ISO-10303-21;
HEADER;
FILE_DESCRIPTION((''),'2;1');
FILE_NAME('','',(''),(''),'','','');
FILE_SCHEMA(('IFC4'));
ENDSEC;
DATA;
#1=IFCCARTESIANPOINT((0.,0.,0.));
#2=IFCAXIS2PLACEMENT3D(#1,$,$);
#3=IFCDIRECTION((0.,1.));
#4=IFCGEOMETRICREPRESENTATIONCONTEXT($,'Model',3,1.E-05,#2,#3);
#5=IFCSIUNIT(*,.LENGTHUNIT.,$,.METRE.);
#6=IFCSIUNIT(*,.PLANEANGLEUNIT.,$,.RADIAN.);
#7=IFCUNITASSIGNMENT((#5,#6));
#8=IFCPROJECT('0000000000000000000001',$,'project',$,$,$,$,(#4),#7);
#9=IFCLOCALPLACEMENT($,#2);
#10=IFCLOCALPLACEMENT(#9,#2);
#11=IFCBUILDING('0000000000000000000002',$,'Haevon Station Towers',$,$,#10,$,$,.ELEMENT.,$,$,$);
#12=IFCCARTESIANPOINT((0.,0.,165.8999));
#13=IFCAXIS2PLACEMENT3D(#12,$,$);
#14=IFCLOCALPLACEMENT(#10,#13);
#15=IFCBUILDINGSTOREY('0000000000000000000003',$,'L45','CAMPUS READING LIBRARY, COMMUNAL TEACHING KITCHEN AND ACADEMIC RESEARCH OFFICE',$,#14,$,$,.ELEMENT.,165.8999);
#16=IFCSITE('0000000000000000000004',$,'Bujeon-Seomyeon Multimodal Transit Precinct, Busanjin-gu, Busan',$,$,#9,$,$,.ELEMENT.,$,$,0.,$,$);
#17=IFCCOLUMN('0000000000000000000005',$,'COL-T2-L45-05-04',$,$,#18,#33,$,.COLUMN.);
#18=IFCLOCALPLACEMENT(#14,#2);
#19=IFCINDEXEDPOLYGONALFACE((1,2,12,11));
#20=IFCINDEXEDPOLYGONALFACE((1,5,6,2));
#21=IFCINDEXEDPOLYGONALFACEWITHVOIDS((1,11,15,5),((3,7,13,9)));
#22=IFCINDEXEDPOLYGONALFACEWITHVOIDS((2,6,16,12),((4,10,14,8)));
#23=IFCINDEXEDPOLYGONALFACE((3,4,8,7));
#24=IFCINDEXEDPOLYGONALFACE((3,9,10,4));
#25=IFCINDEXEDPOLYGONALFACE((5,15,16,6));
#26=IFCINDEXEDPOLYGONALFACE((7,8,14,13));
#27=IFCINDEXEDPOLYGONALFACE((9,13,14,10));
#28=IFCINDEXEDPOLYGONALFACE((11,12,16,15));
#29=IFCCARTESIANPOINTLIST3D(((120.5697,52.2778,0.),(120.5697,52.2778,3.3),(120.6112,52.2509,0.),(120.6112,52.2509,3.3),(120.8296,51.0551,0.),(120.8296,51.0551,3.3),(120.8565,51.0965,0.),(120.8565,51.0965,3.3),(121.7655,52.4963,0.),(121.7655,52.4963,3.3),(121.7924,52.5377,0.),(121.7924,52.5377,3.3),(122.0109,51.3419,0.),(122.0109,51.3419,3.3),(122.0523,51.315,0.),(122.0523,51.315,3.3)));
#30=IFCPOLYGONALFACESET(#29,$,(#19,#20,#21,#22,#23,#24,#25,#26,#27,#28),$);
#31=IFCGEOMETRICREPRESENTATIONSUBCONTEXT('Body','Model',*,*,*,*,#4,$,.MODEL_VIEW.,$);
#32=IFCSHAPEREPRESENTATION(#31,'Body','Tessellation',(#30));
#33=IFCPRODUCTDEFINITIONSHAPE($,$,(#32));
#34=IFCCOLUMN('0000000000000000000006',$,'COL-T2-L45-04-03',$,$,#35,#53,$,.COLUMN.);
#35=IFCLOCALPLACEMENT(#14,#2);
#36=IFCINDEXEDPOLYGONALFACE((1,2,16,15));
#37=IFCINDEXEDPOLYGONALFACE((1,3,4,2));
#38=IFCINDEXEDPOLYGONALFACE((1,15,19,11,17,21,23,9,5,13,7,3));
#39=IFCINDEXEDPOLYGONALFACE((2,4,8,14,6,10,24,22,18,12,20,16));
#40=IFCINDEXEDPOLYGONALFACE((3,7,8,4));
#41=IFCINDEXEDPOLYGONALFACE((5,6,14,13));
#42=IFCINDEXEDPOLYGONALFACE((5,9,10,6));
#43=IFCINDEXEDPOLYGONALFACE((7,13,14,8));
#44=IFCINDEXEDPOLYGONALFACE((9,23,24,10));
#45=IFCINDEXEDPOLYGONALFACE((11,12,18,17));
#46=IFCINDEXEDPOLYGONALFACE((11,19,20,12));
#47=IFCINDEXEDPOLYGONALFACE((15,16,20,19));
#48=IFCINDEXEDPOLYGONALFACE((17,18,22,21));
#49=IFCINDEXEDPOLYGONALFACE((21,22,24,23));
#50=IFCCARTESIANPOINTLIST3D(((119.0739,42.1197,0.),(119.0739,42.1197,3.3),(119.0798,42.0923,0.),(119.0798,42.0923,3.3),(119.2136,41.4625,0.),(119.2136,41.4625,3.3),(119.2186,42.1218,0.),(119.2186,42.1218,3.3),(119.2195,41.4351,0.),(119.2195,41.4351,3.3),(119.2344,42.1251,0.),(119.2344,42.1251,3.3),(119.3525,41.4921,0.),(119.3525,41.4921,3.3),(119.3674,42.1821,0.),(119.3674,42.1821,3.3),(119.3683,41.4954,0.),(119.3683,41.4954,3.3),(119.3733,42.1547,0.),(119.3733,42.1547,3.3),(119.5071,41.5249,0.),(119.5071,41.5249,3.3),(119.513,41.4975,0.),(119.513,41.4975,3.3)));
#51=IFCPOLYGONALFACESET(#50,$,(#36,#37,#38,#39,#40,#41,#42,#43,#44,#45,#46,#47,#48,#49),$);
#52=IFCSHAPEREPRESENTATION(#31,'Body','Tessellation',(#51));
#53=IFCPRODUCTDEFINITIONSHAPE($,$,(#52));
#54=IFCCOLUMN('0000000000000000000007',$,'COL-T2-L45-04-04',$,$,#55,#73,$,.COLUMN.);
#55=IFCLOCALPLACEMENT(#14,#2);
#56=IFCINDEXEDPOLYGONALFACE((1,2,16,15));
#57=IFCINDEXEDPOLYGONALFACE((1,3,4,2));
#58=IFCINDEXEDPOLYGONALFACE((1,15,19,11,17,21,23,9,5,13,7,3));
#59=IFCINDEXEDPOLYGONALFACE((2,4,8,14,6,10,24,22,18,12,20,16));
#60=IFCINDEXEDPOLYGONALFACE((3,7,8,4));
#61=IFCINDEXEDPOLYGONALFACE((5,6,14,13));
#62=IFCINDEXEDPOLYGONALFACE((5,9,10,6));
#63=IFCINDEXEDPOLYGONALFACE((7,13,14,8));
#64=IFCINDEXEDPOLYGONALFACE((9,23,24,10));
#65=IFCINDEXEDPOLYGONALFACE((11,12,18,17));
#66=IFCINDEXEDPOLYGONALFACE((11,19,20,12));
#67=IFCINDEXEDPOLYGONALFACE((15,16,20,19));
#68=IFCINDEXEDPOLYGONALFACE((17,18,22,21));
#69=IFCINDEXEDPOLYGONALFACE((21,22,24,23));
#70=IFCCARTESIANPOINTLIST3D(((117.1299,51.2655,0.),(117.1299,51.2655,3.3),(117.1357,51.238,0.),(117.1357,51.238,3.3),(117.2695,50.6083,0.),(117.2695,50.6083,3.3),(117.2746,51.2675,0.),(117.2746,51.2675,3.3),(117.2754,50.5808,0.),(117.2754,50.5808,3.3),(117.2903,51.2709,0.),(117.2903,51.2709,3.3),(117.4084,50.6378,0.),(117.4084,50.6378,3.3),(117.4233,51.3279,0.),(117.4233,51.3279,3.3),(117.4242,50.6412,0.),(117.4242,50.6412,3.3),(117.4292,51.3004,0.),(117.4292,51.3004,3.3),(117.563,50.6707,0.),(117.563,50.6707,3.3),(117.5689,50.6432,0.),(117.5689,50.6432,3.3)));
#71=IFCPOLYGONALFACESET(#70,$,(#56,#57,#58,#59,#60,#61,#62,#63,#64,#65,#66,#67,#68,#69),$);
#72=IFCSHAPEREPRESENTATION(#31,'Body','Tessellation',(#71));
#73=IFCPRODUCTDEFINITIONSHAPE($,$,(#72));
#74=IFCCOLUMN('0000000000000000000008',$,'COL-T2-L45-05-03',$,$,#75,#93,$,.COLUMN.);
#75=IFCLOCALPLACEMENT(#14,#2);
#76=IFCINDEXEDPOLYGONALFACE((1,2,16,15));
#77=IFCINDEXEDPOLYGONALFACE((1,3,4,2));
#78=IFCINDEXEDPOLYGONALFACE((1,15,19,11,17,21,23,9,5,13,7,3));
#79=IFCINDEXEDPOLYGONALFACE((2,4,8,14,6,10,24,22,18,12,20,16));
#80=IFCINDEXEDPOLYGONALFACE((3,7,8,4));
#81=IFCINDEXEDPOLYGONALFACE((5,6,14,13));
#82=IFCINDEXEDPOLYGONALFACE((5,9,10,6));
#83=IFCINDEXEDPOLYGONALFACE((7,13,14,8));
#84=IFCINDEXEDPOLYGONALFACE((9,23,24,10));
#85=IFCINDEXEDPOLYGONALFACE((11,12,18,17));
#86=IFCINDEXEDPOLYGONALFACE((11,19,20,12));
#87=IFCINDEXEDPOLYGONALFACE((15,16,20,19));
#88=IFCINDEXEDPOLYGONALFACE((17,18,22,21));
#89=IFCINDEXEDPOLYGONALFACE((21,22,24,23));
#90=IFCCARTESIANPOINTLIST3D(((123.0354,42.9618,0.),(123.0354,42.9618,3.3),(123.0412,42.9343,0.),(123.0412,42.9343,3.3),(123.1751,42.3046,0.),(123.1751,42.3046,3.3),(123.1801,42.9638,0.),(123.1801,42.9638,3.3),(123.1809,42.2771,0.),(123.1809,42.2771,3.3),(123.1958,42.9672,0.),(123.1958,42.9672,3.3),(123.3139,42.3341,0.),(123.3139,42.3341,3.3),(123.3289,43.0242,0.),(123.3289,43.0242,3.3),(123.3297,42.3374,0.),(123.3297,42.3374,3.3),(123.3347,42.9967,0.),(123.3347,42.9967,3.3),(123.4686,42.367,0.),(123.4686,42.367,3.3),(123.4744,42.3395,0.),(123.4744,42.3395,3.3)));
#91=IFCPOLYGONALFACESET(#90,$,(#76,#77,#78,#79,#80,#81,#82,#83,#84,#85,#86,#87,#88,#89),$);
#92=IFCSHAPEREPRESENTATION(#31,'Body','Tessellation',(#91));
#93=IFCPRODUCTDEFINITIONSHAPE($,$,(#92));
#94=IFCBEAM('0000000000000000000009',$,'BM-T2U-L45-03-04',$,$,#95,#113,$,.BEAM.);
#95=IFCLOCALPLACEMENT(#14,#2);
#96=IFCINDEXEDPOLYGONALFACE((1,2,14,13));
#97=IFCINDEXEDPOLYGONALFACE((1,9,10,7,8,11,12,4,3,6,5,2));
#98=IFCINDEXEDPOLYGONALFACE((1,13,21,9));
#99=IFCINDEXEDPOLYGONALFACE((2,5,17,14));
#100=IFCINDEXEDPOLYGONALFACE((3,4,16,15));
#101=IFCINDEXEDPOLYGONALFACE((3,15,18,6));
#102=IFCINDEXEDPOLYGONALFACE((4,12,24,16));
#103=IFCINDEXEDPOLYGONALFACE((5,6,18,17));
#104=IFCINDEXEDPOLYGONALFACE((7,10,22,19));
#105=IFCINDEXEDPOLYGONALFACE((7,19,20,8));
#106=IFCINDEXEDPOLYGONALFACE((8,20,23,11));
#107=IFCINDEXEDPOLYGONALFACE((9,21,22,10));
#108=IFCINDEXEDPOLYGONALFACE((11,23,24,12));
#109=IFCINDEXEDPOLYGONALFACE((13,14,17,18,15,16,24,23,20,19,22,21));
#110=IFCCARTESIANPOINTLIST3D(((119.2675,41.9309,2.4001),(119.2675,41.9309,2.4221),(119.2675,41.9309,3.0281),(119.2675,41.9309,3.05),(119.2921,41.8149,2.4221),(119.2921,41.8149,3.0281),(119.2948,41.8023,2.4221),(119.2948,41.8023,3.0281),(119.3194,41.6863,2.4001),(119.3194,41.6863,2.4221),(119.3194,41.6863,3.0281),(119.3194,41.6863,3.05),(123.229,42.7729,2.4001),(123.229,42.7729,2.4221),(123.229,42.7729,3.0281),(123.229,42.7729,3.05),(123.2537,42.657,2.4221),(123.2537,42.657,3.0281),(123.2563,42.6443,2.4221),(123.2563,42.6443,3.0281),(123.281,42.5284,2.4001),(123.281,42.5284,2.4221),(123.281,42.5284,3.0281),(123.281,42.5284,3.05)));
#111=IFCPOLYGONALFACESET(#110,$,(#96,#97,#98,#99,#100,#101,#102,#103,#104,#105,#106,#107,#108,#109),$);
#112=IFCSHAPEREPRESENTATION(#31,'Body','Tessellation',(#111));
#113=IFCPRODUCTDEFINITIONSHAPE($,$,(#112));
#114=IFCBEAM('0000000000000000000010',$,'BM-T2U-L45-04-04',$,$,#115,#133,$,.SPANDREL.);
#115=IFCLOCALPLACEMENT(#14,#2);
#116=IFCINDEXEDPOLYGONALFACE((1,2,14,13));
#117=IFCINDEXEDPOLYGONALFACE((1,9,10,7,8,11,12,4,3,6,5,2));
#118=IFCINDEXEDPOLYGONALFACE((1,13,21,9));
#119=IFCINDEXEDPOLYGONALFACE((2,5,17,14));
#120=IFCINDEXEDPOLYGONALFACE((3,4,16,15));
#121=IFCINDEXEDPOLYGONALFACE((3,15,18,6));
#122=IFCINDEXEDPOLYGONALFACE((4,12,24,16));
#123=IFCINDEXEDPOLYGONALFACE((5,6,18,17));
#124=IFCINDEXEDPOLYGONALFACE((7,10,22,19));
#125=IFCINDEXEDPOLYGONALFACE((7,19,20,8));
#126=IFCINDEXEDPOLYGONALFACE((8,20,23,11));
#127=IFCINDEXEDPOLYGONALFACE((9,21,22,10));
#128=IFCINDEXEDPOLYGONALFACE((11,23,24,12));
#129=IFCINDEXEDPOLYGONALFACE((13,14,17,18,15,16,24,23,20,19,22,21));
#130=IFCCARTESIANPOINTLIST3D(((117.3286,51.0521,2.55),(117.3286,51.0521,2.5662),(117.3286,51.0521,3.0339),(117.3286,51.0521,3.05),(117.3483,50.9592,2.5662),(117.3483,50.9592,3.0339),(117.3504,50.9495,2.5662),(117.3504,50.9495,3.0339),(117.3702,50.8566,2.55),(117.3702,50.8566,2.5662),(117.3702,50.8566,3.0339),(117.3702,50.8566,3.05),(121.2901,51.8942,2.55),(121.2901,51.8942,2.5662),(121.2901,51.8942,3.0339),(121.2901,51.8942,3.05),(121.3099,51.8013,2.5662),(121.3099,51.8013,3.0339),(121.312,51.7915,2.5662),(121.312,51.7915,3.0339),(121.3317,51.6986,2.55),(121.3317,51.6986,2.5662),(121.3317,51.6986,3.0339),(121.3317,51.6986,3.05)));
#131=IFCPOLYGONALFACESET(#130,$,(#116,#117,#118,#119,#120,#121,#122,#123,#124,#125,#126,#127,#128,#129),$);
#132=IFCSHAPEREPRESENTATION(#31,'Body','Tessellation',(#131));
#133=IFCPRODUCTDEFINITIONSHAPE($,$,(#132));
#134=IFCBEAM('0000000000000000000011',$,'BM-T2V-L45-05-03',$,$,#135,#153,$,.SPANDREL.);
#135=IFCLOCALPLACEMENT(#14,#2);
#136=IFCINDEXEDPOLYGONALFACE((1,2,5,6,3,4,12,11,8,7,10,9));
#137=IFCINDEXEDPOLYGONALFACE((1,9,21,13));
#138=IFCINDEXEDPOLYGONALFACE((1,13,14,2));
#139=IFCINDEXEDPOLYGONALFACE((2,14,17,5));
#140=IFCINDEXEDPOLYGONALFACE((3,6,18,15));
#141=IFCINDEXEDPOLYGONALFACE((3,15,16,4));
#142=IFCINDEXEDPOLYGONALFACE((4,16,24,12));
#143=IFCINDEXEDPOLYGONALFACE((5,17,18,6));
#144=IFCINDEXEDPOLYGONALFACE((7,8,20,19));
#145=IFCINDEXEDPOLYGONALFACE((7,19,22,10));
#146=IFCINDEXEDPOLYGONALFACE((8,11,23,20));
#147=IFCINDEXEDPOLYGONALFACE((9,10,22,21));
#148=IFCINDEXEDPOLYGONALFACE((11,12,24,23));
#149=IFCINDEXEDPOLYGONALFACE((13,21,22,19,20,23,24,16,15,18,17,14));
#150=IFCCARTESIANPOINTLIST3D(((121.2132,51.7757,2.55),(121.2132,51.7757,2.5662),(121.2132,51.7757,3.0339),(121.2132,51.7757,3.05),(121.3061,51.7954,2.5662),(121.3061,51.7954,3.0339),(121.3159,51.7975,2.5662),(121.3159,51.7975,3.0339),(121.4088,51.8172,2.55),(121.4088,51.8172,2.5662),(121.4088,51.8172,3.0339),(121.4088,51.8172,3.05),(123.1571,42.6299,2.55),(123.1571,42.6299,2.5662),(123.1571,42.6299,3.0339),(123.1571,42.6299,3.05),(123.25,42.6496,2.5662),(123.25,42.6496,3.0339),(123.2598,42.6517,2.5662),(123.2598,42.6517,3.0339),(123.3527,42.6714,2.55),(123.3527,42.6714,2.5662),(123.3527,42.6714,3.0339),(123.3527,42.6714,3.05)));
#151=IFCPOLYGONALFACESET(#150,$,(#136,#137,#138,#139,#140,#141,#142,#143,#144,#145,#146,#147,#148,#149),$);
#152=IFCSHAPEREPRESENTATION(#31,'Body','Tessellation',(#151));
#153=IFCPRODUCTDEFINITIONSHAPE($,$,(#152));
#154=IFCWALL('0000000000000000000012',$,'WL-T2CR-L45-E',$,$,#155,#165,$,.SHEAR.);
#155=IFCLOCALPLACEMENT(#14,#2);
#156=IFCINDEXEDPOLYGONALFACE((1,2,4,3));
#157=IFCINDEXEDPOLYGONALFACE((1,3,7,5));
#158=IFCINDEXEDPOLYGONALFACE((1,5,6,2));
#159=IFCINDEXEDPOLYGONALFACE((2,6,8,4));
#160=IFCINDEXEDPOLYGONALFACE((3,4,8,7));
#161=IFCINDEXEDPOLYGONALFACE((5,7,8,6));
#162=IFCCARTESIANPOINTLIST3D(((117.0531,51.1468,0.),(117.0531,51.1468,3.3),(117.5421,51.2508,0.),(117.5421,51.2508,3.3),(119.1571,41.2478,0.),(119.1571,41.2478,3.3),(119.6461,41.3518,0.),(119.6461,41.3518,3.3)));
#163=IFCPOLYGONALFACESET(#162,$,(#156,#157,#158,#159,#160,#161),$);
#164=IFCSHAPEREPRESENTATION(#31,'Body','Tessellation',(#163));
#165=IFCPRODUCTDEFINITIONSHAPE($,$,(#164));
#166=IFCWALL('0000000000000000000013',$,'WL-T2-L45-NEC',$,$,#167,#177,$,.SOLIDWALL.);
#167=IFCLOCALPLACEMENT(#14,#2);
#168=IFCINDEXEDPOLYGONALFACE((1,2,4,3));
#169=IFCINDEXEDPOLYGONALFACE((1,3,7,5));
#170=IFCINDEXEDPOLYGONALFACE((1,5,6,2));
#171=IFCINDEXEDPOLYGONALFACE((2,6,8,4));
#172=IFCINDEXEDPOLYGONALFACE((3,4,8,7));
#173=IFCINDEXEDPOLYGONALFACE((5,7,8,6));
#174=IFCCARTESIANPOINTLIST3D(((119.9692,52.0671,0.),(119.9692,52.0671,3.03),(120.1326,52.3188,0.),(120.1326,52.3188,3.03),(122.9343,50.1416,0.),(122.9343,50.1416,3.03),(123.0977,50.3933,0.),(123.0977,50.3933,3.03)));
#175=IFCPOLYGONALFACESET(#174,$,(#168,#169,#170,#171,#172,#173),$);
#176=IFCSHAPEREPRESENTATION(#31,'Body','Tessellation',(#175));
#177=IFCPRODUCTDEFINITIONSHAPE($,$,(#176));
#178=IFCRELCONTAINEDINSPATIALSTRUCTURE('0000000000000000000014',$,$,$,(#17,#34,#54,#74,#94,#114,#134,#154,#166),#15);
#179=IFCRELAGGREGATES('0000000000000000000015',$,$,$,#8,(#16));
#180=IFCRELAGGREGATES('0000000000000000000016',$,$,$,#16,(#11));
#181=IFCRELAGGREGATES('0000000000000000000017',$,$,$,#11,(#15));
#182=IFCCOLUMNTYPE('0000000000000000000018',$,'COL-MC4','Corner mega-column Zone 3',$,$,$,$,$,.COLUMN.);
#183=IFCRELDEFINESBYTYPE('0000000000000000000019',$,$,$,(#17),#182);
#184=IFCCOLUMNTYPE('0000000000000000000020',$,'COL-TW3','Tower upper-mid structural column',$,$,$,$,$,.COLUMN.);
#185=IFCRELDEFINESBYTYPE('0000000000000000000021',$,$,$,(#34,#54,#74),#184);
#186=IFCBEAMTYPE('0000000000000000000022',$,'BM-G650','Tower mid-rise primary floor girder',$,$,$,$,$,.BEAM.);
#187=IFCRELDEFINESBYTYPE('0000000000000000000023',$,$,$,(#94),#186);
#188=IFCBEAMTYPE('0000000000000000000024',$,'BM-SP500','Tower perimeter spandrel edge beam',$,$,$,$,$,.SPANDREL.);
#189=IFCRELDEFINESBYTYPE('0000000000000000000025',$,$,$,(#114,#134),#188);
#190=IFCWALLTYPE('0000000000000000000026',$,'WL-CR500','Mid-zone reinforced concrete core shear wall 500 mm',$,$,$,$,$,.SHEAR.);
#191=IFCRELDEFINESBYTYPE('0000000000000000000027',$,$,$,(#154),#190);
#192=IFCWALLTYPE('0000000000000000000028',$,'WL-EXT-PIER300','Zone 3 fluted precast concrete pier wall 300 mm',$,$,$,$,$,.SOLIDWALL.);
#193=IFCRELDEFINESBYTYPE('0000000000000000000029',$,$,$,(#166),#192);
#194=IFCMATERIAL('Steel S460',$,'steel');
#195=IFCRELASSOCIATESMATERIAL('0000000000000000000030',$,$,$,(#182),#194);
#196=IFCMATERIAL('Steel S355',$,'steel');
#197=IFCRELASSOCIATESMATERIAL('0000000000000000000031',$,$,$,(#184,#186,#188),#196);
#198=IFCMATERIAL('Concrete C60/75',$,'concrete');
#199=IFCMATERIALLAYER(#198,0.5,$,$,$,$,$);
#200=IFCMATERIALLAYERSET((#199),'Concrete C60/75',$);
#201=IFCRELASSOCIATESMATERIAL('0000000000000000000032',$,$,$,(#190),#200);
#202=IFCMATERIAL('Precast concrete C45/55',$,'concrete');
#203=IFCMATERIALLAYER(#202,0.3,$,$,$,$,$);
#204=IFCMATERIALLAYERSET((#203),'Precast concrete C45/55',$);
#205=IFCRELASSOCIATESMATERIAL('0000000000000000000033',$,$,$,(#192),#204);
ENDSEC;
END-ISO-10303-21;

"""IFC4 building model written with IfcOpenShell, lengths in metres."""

from ifc_helpers import new_model, si_unit, direction, frame, frame_2d, origin, origin_2d, place, context, subcontext, project, spatial, rectangle, hollow_rectangle, i_section, extrude, material, layer, layer_set, material_profile, profile_set, type_object, element, save


model = new_model("IFC4")

# Units and contexts
model_context = context("Model", 3, precision=1e-05, world=origin(), true_north=direction((0.0, 1.0)))
body_context = subcontext(model_context, "Body", "Model", "MODEL_VIEW")
ifc_project = project(units=[si_unit("LENGTHUNIT", "METRE"), si_unit("PLANEANGLEUNIT", "RADIAN")], contexts=[model_context])

# Site, building, storey
site_placement = place(None, origin())
site = spatial("IfcSite", under=ifc_project, at=site_placement, Name="Bujeon-Seomyeon Multimodal Transit Precinct, Busanjin-gu, Busan", CompositionType="ELEMENT", RefElevation=0.0)
building_placement = place(site_placement, origin())
building = spatial("IfcBuilding", under=site, at=building_placement, Name="Haevon Station Towers", CompositionType="ELEMENT")
storey_placement = place(building_placement, frame((0.0, 0.0, 165.8999)))
storey = spatial("IfcBuildingStorey", under=building, at=storey_placement, Name="L45", Description="CAMPUS READING LIBRARY, COMMUNAL TEACHING KITCHEN AND ACADEMIC RESEARCH OFFICE", CompositionType="ELEMENT", Elevation=165.8999)

# Columns
ifc_material_1 = material(Name="Steel S460", Category="steel")
ifc_material_profile_1 = material_profile(ifc_material_1, hollow_rectangle(XDim=1.25, YDim=1.25, WallThickness=0.0349, at=origin_2d()), Name="BOX-1250x1250x35")
ifc_profile_set_1 = profile_set([ifc_material_profile_1], Name="Steel S460")
column_type_1 = type_object("IfcColumnType", Name="COL-MC4", Description="Corner mega-column Zone 3", PredefinedType="COLUMN", material=ifc_profile_set_1)
column_placement = place(storey_placement, frame((121.311, 51.7964, 0.0), z_axis=(0.0, 0.0, 1.0), x_axis=(0.978148, 0.207912, 0.0)))
element("IfcColumn", 1, at=column_placement, inside=storey, type_object=column_type_1, Name="COL-T2-L45-05-04", PredefinedType="COLUMN", context=body_context, shape_type="SweptSolid", body=[
    extrude(hollow_rectangle(XDim=1.25, YDim=1.25, WallThickness=0.0349, at=origin_2d()), origin(), (0.0, 0.0, 1.0), 3.3),
])
ifc_material_2 = material(Name="Steel S355", Category="steel")
ifc_material_profile_2 = material_profile(ifc_material_2, i_section(OverallWidth=0.3, OverallDepth=0.7, WebThickness=0.0161, FlangeThickness=0.0281, at=origin_2d()), Name="H-700x300x16x28")
ifc_profile_set_2 = profile_set([ifc_material_profile_2], Name="Steel S355")
column_type_2 = type_object("IfcColumnType", Name="COL-TW3", Description="Tower upper-mid structural column", PredefinedType="COLUMN", material=ifc_profile_set_2)
for number, where, z_axis, x_axis, name in (
    (2, (119.2935, 41.8086, 0.0), (0.0, 0.0, 1.0), (0.978148, 0.207912, 0.0), "COL-T2-L45-04-03"),
    (3, (117.3494, 50.9543, 0.0), (0.0, 0.0, 1.0), (0.978148, 0.207912, 0.0), "COL-T2-L45-04-04"),
    (4, (123.2549, 42.6506, 0.0), (0.0, 0.0, 1.0), (0.978148, 0.207912, 0.0), "COL-T2-L45-05-03"),
):
    element("IfcColumn", number, at=place(storey_placement, frame(where, z_axis=z_axis, x_axis=x_axis)), inside=storey, type_object=column_type_2, Name=name, PredefinedType="COLUMN", context=body_context, shape_type="SweptSolid", body=[
        extrude(i_section(OverallWidth=0.3, OverallDepth=0.7, WebThickness=0.0161, FlangeThickness=0.0281, at=origin_2d()), origin(), (0.0, 0.0, 1.0), 3.3),
    ])

# Beams
ifc_material_profile_3 = material_profile(ifc_material_2, i_section(OverallWidth=0.25, OverallDepth=0.6499, WebThickness=0.0129, FlangeThickness=0.022, at=origin_2d()), Name="H-650x250x13x22")
ifc_profile_set_3 = profile_set([ifc_material_profile_3], Name="Steel S355")
beam_type_1 = type_object("IfcBeamType", Name="BM-G650", Description="Tower mid-rise primary floor girder", PredefinedType="BEAM", material=ifc_profile_set_3)
beam_1_placement = place(storey_placement, frame((119.2935, 41.8086, 2.7251), z_axis=(0.978147, 0.207915, 0.0), x_axis=(-0.207915, 0.978147, 0.0)))
element("IfcBeam", 5, at=beam_1_placement, inside=storey, type_object=beam_type_1, Name="BM-T2U-L45-03-04", PredefinedType="BEAM", context=body_context, shape_type="SweptSolid", body=[
    extrude(i_section(OverallWidth=0.25, OverallDepth=0.6499, WebThickness=0.0129, FlangeThickness=0.022, at=origin_2d()), origin(), (0.0, 0.0, 1.0), 4.05),
])
ifc_material_profile_4 = material_profile(ifc_material_2, i_section(OverallWidth=0.2, OverallDepth=0.5, WebThickness=0.01, FlangeThickness=0.0161, at=origin_2d()), Name="H-500x200x10x16")
ifc_profile_set_4 = profile_set([ifc_material_profile_4], Name="Steel S355")
beam_type_2 = type_object("IfcBeamType", Name="BM-SP500", Description="Tower perimeter spandrel edge beam", PredefinedType="SPANDREL", material=ifc_profile_set_4)
beam_2_placement = place(storey_placement, frame((117.3494, 50.9543, 2.8), z_axis=(0.97815, 0.207903, 0.0), x_axis=(-0.207903, 0.97815, 0.0)))
element("IfcBeam", 6, at=beam_2_placement, inside=storey, type_object=beam_type_2, Name="BM-T2U-L45-04-04", PredefinedType="SPANDREL", context=body_context, shape_type="SweptSolid", body=[
    extrude(i_section(OverallWidth=0.2, OverallDepth=0.5, WebThickness=0.01, FlangeThickness=0.0161, at=origin_2d()), origin(), (0.0, 0.0, 1.0), 4.05),
])
beam_3_placement = place(storey_placement, frame((123.2549, 42.6506, 2.8), z_axis=(-0.207897, 0.978151, 0.0), x_axis=(-0.978151, -0.207897, 0.0)))
element("IfcBeam", 7, at=beam_3_placement, inside=storey, type_object=beam_type_2, Name="BM-T2V-L45-05-03", PredefinedType="SPANDREL", context=body_context, shape_type="SweptSolid", body=[
    extrude(i_section(OverallWidth=0.2, OverallDepth=0.5, WebThickness=0.01, FlangeThickness=0.0161, at=origin_2d()), origin(), (0.0, 0.0, 1.0), 9.3501),
])

# Walls
ifc_material_3 = material(Name="Concrete C60/75", Category="concrete")
ifc_layer_1 = layer(ifc_material_3, 0.5)
ifc_layer_set_1 = layer_set([ifc_layer_1], Name="Concrete C60/75")
wall_type_1 = type_object("IfcWallType", Name="WL-CR500", Description="Mid-zone reinforced concrete core shear wall 500 mm", PredefinedType="SHEAR", material=ifc_layer_set_1)
wall_1_placement = place(storey_placement, frame((119.4016, 41.2998, 0.0), z_axis=(0.0, 0.0, 1.0), x_axis=(-0.207904, 0.978149, 0.0)))
element("IfcWall", 8, at=wall_1_placement, inside=storey, type_object=wall_type_1, Name="WL-T2CR-L45-E", PredefinedType="SHEAR", context=body_context, shape_type="SweptSolid", body=[
    extrude(rectangle(XDim=10.1201, YDim=0.5, at=frame_2d((5.0601, 0.0))), origin(), (0.0, 0.0, 1.0), 3.3),
])
ifc_material_4 = material(Name="Precast concrete C45/55", Category="concrete")
ifc_layer_2 = layer(ifc_material_4, 0.3)
ifc_layer_set_2 = layer_set([ifc_layer_2], Name="Precast concrete C45/55")
wall_type_2 = type_object("IfcWallType", Name="WL-EXT-PIER300", Description="Zone 3 fluted precast concrete pier wall 300 mm", PredefinedType="SOLIDWALL", material=ifc_layer_set_2)
wall_2_placement = place(storey_placement, frame((120.051, 52.1929, 0.0), z_axis=(0.0, 0.0, 1.0), x_axis=(0.838672, -0.544636, 0.0)))
element("IfcWall", 9, at=wall_2_placement, inside=storey, type_object=wall_type_2, Name="WL-T2-L45-NEC", PredefinedType="SOLIDWALL", context=body_context, shape_type="SweptSolid", body=[
    extrude(rectangle(XDim=3.5354, YDim=0.3, at=frame_2d((1.7676, 0.0))), origin(), (0.0, 0.0, 1.0), 3.03),
])

save(model, "model.ifc")
